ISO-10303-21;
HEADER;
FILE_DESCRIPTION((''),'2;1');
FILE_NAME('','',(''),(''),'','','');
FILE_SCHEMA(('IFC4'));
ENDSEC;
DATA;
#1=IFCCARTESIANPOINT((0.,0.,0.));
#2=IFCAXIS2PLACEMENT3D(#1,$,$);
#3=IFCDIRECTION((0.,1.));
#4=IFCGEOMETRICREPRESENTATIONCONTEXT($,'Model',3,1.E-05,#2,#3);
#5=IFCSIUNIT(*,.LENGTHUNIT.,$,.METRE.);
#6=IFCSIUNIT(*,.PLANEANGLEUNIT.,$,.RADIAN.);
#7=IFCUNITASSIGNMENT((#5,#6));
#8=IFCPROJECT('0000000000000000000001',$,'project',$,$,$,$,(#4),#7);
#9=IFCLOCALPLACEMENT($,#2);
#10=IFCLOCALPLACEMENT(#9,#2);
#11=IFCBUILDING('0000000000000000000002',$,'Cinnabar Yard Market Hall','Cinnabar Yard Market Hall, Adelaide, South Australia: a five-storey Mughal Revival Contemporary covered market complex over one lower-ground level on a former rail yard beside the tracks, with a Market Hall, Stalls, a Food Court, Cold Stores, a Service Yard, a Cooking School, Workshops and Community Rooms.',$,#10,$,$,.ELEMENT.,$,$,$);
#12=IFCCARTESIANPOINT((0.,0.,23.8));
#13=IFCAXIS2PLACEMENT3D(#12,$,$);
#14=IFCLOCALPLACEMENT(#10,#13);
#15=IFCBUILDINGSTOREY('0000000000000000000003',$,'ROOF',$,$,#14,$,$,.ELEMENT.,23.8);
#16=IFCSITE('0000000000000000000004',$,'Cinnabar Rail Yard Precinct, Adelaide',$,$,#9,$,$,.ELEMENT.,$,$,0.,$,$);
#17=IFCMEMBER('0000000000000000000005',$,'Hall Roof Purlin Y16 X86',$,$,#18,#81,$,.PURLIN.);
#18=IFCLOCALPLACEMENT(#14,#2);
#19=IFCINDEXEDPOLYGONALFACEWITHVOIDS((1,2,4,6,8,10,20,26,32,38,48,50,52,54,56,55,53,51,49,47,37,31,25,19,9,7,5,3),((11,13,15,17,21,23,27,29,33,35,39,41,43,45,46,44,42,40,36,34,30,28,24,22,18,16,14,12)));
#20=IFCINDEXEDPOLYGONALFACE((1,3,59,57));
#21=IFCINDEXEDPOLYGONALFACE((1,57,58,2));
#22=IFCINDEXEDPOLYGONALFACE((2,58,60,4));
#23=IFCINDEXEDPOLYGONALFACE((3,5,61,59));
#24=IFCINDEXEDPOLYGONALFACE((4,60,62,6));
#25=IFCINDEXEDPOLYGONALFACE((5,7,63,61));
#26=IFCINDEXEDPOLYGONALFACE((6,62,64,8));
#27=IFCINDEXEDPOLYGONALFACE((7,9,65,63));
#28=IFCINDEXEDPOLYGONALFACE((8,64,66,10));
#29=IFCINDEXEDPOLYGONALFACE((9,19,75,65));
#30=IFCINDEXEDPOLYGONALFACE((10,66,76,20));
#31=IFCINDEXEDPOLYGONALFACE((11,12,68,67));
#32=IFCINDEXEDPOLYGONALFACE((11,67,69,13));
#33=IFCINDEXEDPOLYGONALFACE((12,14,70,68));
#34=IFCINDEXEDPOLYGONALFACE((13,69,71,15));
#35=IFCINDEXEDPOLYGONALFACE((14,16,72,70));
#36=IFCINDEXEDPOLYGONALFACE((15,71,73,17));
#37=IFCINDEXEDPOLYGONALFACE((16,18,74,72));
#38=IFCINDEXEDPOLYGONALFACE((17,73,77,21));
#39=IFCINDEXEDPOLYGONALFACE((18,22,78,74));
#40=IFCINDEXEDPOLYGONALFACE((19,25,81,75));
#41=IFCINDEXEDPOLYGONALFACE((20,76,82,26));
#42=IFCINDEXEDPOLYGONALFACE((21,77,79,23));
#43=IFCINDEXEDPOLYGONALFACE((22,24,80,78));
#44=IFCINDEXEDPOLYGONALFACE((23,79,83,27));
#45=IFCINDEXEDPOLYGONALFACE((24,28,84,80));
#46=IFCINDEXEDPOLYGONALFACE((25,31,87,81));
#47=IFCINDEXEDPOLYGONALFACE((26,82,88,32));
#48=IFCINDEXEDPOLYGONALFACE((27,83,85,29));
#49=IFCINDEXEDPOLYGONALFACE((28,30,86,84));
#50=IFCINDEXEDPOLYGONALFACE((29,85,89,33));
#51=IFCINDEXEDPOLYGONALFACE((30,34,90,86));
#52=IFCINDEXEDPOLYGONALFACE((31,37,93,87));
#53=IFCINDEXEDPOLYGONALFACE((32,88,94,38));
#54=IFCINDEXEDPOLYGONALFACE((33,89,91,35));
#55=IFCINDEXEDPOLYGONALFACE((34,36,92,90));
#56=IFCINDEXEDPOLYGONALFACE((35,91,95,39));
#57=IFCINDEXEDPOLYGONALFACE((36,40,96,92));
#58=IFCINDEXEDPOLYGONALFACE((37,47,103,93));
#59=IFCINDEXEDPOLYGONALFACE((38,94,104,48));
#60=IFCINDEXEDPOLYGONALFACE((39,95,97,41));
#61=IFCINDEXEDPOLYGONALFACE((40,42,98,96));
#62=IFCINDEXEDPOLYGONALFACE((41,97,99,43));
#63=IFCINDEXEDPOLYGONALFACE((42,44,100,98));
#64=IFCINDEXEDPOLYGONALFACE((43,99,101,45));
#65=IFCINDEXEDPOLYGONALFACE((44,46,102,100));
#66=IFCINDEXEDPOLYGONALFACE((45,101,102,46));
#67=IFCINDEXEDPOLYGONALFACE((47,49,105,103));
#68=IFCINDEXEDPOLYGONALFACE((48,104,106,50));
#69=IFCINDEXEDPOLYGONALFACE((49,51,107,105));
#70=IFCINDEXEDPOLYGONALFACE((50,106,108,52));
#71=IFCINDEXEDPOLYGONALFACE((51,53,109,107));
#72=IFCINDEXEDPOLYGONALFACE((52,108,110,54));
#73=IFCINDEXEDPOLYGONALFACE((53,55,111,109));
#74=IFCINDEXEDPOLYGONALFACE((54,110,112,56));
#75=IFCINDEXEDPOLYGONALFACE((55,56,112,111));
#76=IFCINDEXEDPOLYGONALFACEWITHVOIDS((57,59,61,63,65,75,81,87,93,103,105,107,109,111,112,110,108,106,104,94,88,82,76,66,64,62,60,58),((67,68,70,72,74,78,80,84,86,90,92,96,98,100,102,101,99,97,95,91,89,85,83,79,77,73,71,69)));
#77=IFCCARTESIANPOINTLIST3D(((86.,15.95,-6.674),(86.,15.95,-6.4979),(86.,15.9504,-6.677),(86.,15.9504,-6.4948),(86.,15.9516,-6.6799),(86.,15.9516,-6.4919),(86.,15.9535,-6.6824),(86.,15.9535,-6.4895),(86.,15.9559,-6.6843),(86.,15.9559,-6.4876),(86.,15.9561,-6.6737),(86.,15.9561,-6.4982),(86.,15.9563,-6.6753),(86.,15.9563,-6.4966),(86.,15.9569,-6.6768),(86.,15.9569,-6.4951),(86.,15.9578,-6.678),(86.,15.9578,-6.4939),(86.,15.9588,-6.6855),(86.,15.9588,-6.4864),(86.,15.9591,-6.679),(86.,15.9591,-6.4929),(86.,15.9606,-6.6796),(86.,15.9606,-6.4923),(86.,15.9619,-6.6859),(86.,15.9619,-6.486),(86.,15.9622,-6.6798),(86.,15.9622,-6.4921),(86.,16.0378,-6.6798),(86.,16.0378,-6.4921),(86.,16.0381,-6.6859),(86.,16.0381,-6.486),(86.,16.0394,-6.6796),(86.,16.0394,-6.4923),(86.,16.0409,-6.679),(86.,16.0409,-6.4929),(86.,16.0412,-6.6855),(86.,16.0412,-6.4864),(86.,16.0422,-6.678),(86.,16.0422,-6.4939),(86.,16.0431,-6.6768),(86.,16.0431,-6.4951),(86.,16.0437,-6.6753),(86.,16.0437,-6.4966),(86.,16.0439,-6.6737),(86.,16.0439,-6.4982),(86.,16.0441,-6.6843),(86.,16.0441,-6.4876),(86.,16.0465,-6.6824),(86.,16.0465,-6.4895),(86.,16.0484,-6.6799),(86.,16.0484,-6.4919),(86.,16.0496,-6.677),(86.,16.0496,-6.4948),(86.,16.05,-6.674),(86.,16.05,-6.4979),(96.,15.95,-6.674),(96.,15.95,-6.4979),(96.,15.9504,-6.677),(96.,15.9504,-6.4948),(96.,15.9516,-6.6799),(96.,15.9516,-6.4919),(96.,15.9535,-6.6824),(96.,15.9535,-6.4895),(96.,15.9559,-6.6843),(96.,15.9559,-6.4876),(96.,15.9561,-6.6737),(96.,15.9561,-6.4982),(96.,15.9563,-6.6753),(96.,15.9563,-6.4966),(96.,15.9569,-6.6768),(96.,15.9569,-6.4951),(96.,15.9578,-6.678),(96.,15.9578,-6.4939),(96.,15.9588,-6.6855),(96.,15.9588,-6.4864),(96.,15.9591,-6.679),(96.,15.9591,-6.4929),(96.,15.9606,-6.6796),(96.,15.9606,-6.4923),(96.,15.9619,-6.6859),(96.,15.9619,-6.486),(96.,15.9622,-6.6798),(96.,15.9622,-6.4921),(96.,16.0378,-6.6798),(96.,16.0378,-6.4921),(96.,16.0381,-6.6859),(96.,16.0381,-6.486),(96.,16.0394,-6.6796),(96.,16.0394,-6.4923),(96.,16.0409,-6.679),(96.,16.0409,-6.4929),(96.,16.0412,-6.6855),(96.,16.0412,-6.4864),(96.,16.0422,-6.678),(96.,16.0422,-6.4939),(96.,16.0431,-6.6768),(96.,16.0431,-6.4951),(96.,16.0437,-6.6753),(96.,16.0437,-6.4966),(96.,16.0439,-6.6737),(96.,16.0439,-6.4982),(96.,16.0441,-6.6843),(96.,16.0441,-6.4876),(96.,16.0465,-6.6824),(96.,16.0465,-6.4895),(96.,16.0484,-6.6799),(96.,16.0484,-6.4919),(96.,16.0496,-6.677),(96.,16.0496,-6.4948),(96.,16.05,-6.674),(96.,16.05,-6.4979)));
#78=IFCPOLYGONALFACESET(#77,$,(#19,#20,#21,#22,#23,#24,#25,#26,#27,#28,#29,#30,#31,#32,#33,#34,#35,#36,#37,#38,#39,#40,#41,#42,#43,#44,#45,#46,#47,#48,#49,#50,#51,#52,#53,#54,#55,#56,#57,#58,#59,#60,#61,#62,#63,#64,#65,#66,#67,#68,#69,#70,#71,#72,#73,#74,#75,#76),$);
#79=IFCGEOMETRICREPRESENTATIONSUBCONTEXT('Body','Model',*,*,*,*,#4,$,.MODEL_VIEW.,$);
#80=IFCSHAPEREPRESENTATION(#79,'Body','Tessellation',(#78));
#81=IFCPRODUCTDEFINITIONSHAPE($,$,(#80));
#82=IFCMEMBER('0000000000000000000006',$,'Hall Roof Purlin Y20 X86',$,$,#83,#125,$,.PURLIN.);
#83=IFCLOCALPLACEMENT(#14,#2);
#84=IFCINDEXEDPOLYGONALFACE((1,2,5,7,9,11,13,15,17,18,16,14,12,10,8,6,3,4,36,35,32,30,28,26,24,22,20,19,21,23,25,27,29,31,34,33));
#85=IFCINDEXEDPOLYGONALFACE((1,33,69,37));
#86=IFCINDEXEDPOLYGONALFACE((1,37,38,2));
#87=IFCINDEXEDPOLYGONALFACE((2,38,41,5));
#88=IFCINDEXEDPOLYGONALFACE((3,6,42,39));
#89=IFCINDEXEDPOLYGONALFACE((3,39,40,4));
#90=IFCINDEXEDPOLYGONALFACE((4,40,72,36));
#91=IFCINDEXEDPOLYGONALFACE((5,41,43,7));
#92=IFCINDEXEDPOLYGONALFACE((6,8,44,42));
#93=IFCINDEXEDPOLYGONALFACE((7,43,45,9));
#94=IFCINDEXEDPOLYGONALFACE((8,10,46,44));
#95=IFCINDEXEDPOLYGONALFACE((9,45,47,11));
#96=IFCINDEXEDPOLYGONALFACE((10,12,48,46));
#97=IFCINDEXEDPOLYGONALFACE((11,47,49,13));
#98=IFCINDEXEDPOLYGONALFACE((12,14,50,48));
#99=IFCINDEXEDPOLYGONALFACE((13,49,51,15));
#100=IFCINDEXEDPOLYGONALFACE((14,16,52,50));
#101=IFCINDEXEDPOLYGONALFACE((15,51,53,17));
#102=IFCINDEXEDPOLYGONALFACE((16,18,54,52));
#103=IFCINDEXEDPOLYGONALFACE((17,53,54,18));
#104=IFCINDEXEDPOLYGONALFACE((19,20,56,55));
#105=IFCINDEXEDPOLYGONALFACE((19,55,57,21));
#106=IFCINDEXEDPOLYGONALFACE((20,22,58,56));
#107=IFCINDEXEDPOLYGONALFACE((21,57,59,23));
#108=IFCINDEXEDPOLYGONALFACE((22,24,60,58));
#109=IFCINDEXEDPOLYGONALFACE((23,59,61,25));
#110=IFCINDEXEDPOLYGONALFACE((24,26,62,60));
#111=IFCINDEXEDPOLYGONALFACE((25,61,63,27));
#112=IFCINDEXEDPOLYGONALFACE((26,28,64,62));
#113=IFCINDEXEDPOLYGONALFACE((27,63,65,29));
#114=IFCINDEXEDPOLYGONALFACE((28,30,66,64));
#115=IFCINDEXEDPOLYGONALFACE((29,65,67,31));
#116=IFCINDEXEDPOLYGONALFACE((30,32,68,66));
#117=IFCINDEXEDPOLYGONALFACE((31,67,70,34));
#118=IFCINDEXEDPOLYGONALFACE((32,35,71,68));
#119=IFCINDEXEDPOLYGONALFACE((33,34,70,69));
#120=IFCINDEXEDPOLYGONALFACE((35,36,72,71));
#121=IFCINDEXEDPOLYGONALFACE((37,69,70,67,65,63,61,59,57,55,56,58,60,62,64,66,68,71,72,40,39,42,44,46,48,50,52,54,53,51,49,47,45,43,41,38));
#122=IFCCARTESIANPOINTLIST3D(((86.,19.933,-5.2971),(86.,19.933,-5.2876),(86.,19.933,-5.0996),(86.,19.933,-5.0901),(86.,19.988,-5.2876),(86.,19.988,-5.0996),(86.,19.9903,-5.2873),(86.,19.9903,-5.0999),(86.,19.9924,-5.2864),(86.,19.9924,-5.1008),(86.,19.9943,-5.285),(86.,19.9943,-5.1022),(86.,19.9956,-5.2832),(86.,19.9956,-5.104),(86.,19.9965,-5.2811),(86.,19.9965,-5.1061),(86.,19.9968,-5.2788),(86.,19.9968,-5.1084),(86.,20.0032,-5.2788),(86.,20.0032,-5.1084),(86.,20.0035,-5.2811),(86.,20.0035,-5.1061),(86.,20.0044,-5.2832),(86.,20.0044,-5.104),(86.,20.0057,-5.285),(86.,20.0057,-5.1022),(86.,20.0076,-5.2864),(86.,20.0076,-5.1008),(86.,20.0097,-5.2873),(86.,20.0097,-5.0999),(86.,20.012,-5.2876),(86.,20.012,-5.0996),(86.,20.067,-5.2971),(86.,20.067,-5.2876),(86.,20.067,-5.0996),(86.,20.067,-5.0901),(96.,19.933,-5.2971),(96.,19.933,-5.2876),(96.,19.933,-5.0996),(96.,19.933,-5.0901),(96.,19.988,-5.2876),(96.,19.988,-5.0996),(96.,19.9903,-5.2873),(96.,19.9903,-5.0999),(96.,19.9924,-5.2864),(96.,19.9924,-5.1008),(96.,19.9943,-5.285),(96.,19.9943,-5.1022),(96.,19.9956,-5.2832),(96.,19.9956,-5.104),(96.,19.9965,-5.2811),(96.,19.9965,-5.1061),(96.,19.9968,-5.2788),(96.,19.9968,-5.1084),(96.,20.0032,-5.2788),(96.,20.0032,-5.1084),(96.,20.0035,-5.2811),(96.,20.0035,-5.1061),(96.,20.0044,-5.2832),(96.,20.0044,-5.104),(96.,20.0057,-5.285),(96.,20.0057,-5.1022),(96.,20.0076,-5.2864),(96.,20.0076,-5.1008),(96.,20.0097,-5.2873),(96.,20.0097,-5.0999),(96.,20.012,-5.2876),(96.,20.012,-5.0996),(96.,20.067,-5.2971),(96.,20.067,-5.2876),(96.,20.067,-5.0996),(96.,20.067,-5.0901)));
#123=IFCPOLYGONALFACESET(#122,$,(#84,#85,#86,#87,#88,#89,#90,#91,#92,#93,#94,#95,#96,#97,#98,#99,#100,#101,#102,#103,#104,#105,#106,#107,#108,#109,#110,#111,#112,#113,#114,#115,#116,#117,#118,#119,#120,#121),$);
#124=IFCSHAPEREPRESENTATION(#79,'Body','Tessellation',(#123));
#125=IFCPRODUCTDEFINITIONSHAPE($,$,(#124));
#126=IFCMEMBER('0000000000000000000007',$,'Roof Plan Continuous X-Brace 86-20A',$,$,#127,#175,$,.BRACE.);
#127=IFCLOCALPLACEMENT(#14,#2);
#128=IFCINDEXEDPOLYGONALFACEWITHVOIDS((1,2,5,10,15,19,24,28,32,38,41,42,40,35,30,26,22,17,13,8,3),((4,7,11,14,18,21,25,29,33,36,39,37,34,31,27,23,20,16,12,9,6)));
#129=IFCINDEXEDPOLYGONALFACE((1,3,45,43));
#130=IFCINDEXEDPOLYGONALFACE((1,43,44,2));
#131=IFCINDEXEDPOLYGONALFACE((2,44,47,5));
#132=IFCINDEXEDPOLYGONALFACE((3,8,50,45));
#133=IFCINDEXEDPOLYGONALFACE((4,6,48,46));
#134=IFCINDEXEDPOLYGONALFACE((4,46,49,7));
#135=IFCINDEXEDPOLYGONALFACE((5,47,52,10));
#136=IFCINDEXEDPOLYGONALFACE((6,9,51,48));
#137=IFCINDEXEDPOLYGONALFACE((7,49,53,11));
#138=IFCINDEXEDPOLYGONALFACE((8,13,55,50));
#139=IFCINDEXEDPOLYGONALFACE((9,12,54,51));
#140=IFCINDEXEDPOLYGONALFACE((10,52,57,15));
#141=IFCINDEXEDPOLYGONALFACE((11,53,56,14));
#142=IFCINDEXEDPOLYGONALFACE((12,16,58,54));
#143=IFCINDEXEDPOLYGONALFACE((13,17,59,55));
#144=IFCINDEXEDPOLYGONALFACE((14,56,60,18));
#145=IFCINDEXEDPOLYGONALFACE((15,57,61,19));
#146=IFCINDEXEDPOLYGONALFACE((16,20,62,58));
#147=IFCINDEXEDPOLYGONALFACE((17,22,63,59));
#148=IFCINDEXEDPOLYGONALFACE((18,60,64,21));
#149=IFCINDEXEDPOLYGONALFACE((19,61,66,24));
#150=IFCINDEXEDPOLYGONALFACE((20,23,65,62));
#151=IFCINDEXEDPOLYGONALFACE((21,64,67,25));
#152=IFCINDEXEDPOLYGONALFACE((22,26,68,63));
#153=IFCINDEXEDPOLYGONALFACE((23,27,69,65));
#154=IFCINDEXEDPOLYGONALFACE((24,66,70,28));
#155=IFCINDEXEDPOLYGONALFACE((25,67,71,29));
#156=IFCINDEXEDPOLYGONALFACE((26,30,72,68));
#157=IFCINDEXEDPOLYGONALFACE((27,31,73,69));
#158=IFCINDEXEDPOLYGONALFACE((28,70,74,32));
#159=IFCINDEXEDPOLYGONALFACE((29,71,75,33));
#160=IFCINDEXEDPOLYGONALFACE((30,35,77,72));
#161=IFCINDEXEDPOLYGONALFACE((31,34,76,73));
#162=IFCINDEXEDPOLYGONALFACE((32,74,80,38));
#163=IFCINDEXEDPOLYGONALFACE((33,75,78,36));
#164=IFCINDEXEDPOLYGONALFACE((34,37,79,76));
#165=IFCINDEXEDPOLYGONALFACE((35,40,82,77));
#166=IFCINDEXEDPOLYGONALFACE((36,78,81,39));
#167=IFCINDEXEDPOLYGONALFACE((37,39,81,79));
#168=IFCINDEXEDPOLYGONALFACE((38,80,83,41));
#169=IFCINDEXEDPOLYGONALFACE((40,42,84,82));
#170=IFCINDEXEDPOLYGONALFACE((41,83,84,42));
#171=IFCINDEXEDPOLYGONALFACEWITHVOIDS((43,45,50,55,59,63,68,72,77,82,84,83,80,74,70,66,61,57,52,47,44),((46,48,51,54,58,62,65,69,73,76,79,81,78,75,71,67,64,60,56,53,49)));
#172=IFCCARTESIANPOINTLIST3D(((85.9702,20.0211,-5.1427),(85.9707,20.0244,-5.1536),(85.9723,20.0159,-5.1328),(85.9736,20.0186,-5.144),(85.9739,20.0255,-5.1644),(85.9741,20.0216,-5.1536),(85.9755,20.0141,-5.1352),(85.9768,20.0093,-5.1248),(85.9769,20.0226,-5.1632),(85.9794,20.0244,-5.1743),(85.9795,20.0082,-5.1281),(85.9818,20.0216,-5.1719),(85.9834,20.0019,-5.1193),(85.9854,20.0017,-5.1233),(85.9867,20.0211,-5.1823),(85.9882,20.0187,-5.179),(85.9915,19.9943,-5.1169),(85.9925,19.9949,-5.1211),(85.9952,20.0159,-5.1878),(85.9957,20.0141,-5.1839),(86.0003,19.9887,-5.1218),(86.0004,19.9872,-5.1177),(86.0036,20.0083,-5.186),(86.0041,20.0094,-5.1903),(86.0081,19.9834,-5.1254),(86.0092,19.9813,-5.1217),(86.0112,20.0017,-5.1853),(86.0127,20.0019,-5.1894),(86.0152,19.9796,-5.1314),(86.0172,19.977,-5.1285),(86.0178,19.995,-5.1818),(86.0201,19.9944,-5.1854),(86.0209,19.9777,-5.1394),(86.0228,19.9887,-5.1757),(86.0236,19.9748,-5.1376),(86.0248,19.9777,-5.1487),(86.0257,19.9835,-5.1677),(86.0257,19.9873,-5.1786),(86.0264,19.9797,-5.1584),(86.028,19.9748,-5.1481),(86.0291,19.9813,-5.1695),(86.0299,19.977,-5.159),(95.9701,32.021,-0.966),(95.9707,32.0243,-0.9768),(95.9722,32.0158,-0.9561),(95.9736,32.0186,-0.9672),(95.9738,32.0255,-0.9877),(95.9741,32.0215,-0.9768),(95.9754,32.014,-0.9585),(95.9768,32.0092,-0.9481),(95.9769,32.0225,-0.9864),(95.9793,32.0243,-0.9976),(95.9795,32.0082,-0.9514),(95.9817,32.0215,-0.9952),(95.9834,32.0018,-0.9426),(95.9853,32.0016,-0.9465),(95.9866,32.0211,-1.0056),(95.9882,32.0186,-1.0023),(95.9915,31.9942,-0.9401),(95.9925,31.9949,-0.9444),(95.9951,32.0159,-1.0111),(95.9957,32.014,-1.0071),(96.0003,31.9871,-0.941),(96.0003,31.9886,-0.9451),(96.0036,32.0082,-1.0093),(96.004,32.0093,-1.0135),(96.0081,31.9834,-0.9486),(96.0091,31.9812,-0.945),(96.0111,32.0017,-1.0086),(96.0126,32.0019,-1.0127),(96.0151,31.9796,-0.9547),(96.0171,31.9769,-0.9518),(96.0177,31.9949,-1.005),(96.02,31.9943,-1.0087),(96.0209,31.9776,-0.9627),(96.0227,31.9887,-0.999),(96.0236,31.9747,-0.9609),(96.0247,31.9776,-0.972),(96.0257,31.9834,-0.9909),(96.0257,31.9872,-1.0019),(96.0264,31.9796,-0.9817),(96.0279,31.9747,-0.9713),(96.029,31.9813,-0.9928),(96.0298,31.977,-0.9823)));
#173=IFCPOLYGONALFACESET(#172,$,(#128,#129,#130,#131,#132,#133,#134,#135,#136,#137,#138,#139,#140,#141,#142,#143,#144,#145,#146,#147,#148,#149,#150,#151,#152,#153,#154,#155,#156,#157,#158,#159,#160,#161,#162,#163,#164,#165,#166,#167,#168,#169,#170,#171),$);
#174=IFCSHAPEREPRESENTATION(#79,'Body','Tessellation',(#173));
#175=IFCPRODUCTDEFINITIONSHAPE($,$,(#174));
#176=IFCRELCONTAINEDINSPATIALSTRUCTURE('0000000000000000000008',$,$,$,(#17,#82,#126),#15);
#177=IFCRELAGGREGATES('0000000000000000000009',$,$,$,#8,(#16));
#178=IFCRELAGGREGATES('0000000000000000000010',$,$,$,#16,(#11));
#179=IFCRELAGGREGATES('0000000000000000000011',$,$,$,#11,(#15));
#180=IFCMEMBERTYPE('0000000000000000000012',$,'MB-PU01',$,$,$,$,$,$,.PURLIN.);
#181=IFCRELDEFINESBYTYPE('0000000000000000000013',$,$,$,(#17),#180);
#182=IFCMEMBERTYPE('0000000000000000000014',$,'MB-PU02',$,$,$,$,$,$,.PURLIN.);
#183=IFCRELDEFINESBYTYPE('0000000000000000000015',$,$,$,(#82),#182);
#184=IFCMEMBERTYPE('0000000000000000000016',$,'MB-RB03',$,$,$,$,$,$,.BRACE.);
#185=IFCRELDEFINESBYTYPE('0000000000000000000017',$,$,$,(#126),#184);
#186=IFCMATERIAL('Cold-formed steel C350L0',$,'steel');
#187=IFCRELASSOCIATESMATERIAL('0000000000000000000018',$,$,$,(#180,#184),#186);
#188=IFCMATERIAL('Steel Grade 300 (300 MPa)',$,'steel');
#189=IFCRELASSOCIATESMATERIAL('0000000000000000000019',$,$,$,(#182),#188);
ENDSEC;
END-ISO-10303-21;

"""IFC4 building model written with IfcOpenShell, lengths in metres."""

from ifc_helpers import new_model, si_unit, direction, frame, origin, origin_2d_with_axis, place, context, subcontext, project, spatial, hollow_rectangle, hollow_circle, i_section, extrude, material, material_profile, profile_set, type_object, element, save


model = new_model("IFC4")

# Units and contexts
model_context = context("Model", 3, precision=1e-05, world=origin(), true_north=direction((0.0, 1.0)))
body_context = subcontext(model_context, "Body", "Model", "MODEL_VIEW")
ifc_project = project(units=[si_unit("LENGTHUNIT", "METRE"), si_unit("PLANEANGLEUNIT", "RADIAN")], contexts=[model_context])

# Site, building, storey
site_placement = place(None, origin())
site = spatial("IfcSite", under=ifc_project, at=site_placement, Name="Cinnabar Rail Yard Precinct, Adelaide", CompositionType="ELEMENT", RefElevation=0.0)
building_placement = place(site_placement, origin())
building = spatial("IfcBuilding", under=site, at=building_placement, Name="Cinnabar Yard Market Hall", Description="Cinnabar Yard Market Hall, Adelaide, South Australia: a five-storey Mughal Revival Contemporary covered market complex over one lower-ground level on a former rail yard beside the tracks, with a Market Hall, Stalls, a Food Court, Cold Stores, a Service Yard, a Cooking School, Workshops and Community Rooms.", CompositionType="ELEMENT")
storey_placement = place(building_placement, frame((0.0, 0.0, 23.8)))
storey = spatial("IfcBuildingStorey", under=building, at=storey_placement, Name="ROOF", CompositionType="ELEMENT", Elevation=23.8)

# Shared definitions
ifc_material_1 = material(Name="Steel Grade 300 (300 MPa)", Category="steel")
ifc_material_2 = material(Name="Cold-formed steel C350L0", Category="steel")

# Members
ifc_material_profile_1 = material_profile(ifc_material_2, hollow_rectangle(XDim=0.1001, YDim=0.2, WallThickness=0.0061, InnerFilletRadius=0.0061, OuterFilletRadius=0.012, at=origin_2d_with_axis()), Name="200x100x6.0RHS")
ifc_profile_set_1 = profile_set([ifc_material_profile_1], Name="Cold-formed steel C350L0")
member_type_1 = type_object("IfcMemberType", Name="MB-PU01", PredefinedType="PURLIN", material=ifc_profile_set_1)
member_1_placement = place(storey_placement, frame((86.0, 16.0, -6.5859), z_axis=(1.0, 0.0, 0.0), x_axis=(0.0, 1.0, 0.0)))
element("IfcMember", 1, at=member_1_placement, inside=storey, type_object=member_type_1, Name="Hall Roof Purlin Y16 X86", PredefinedType="PURLIN", context=body_context, shape_type="SweptSolid", body=[
    extrude(hollow_rectangle(XDim=0.1001, YDim=0.2, WallThickness=0.0061, InnerFilletRadius=0.0061, OuterFilletRadius=0.012, at=origin_2d_with_axis()), origin(), (0.0, 0.0, 1.0), 10.0),
])
ifc_material_profile_2 = material_profile(ifc_material_1, i_section(OverallWidth=0.134, OverallDepth=0.207, WebThickness=0.0063, FlangeThickness=0.0095, FilletRadius=0.0088, at=origin_2d_with_axis()), Name="200UB29.8")
ifc_profile_set_2 = profile_set([ifc_material_profile_2], Name="Steel Grade 300 (300 MPa)")
member_type_2 = type_object("IfcMemberType", Name="MB-PU02", PredefinedType="PURLIN", material=ifc_profile_set_2)
member_2_placement = place(storey_placement, frame((86.0, 20.0, -5.1936), z_axis=(1.0, 0.0, 0.0), x_axis=(0.0, 1.0, 0.0)))
element("IfcMember", 2, at=member_2_placement, inside=storey, type_object=member_type_2, Name="Hall Roof Purlin Y20 X86", PredefinedType="PURLIN", context=body_context, shape_type="SweptSolid", body=[
    extrude(i_section(OverallWidth=0.134, OverallDepth=0.207, WebThickness=0.0063, FlangeThickness=0.0095, FilletRadius=0.0088, at=origin_2d_with_axis()), origin(), (0.0, 0.0, 1.0), 10.0),
])
ifc_material_profile_3 = material_profile(ifc_material_2, hollow_circle(Radius=0.0381, WallThickness=0.0044, at=origin_2d_with_axis()), Name="76.1x4.5CHS")
ifc_profile_set_3 = profile_set([ifc_material_profile_3], Name="Cold-formed steel C350L0")
member_type_3 = type_object("IfcMemberType", Name="MB-RB03", PredefinedType="BRACE", material=ifc_profile_set_3)
member_3_placement = place(storey_placement, frame((86.0, 20.0, -5.1536), z_axis=(0.618457, 0.742149, 0.258315), x_axis=(-0.768221, 0.640184, 0.0)))
element("IfcMember", 3, at=member_3_placement, inside=storey, type_object=member_type_3, Name="Roof Plan Continuous X-Brace 86-20A", PredefinedType="BRACE", context=body_context, shape_type="SweptSolid", body=[
    extrude(hollow_circle(Radius=0.0381, WallThickness=0.0044, at=origin_2d_with_axis()), origin(), (0.0, 0.0, 1.0), 16.1692),
])

save(model, "model.ifc")
